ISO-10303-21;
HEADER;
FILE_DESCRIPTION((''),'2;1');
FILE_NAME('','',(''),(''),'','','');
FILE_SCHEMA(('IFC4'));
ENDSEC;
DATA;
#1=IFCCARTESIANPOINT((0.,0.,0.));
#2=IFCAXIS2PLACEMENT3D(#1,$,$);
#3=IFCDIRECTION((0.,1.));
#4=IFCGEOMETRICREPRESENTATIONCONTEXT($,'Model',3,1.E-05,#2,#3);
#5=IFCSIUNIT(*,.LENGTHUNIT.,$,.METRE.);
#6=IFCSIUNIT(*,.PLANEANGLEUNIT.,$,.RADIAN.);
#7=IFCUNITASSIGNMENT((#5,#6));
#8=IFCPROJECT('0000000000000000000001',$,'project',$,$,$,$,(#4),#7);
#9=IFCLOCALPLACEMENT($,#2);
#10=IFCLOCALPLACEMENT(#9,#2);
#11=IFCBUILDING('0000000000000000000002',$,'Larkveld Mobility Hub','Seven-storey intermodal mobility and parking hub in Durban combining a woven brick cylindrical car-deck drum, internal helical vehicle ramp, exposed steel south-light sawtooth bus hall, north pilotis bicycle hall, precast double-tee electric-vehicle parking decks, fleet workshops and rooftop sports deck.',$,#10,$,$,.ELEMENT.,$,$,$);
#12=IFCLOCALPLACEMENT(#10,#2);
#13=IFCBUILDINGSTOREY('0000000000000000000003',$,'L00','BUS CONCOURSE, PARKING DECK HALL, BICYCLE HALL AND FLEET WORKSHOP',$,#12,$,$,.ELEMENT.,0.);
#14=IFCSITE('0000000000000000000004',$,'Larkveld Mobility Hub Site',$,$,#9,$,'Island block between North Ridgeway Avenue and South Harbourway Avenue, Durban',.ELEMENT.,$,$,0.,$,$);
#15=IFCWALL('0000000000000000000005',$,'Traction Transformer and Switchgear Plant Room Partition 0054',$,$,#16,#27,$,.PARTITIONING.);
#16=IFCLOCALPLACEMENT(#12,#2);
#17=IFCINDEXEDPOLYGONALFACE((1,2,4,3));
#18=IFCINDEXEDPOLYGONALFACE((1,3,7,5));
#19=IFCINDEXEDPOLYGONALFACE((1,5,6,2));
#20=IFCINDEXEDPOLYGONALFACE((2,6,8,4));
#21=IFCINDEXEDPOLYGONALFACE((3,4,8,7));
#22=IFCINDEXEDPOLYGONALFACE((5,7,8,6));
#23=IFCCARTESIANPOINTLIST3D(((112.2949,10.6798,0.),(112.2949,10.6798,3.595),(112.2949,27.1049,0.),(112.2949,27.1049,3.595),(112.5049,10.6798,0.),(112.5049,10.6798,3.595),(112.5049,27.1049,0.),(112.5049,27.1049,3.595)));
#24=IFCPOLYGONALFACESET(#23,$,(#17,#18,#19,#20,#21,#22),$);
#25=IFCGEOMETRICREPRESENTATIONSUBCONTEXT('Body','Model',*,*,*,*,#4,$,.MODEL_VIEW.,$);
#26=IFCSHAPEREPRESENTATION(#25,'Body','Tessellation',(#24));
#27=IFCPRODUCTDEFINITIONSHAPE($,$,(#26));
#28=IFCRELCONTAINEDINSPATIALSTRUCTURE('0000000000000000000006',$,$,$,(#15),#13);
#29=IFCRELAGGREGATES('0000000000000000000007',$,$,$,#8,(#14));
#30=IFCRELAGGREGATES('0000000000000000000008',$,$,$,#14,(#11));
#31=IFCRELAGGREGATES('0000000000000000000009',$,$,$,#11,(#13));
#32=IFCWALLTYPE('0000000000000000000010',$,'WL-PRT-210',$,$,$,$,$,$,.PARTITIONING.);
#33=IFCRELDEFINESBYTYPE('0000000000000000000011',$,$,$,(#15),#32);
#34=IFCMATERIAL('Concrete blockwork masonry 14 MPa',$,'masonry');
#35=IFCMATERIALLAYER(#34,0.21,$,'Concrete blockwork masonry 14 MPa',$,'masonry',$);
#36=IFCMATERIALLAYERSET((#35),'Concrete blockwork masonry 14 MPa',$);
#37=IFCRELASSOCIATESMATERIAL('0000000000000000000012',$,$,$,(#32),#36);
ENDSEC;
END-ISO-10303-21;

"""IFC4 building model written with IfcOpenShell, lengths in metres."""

from ifc_helpers import new_model, si_unit, direction, frame, frame_2d, origin, place, context, subcontext, project, spatial, rectangle, extrude, material, layer, layer_set, type_object, element, save


model = new_model("IFC4")

# Units and contexts
model_context = context("Model", 3, precision=1e-05, world=origin(), true_north=direction((0.0, 1.0)))
body_context = subcontext(model_context, "Body", "Model", "MODEL_VIEW")
ifc_project = project(units=[si_unit("LENGTHUNIT", "METRE"), si_unit("PLANEANGLEUNIT", "RADIAN")], contexts=[model_context])

# Site, building, storey
site_placement = place(None, origin())
site = spatial("IfcSite", under=ifc_project, at=site_placement, Name="Larkveld Mobility Hub Site", LongName="Island block between North Ridgeway Avenue and South Harbourway Avenue, Durban", CompositionType="ELEMENT", RefElevation=0.0)
building_placement = place(site_placement, origin())
building = spatial("IfcBuilding", under=site, at=building_placement, Name="Larkveld Mobility Hub", Description="Seven-storey intermodal mobility and parking hub in Durban combining a woven brick cylindrical car-deck drum, internal helical vehicle ramp, exposed steel south-light sawtooth bus hall, north pilotis bicycle hall, precast double-tee electric-vehicle parking decks, fleet workshops and rooftop sports deck.", CompositionType="ELEMENT")
storey_placement = place(building_placement, origin())
storey = spatial("IfcBuildingStorey", under=building, at=storey_placement, Name="L00", Description="BUS CONCOURSE, PARKING DECK HALL, BICYCLE HALL AND FLEET WORKSHOP", CompositionType="ELEMENT", Elevation=0.0)

# Shared definitions
ifc_material_1 = material(Name="Concrete blockwork masonry 14 MPa", Category="masonry")
ifc_layer_1 = layer(ifc_material_1, 0.21, Name="Concrete blockwork masonry 14 MPa", Category="masonry")
ifc_layer_set_1 = layer_set([ifc_layer_1], Name="Concrete blockwork masonry 14 MPa")
wall_type = type_object("IfcWallType", Name="WL-PRT-210", PredefinedType="PARTITIONING", material=ifc_layer_set_1)

# Wall
wall_1_placement = place(storey_placement, frame((112.3999, 10.6799, 0.0), z_axis=(0.0, 0.0, 1.0), x_axis=(0.0, 1.0, 0.0)))
element("IfcWall", 1, at=wall_1_placement, inside=storey, type_object=wall_type, Name="Traction Transformer and Switchgear Plant Room Partition 0054", PredefinedType="PARTITIONING", context=body_context, shape_type="SweptSolid", body=[
    extrude(rectangle(XDim=16.425, YDim=0.21, at=frame_2d((8.2124, 0.0))), origin(), (0.0, 0.0, 1.0), 3.595),
])

save(model, "model.ifc")
